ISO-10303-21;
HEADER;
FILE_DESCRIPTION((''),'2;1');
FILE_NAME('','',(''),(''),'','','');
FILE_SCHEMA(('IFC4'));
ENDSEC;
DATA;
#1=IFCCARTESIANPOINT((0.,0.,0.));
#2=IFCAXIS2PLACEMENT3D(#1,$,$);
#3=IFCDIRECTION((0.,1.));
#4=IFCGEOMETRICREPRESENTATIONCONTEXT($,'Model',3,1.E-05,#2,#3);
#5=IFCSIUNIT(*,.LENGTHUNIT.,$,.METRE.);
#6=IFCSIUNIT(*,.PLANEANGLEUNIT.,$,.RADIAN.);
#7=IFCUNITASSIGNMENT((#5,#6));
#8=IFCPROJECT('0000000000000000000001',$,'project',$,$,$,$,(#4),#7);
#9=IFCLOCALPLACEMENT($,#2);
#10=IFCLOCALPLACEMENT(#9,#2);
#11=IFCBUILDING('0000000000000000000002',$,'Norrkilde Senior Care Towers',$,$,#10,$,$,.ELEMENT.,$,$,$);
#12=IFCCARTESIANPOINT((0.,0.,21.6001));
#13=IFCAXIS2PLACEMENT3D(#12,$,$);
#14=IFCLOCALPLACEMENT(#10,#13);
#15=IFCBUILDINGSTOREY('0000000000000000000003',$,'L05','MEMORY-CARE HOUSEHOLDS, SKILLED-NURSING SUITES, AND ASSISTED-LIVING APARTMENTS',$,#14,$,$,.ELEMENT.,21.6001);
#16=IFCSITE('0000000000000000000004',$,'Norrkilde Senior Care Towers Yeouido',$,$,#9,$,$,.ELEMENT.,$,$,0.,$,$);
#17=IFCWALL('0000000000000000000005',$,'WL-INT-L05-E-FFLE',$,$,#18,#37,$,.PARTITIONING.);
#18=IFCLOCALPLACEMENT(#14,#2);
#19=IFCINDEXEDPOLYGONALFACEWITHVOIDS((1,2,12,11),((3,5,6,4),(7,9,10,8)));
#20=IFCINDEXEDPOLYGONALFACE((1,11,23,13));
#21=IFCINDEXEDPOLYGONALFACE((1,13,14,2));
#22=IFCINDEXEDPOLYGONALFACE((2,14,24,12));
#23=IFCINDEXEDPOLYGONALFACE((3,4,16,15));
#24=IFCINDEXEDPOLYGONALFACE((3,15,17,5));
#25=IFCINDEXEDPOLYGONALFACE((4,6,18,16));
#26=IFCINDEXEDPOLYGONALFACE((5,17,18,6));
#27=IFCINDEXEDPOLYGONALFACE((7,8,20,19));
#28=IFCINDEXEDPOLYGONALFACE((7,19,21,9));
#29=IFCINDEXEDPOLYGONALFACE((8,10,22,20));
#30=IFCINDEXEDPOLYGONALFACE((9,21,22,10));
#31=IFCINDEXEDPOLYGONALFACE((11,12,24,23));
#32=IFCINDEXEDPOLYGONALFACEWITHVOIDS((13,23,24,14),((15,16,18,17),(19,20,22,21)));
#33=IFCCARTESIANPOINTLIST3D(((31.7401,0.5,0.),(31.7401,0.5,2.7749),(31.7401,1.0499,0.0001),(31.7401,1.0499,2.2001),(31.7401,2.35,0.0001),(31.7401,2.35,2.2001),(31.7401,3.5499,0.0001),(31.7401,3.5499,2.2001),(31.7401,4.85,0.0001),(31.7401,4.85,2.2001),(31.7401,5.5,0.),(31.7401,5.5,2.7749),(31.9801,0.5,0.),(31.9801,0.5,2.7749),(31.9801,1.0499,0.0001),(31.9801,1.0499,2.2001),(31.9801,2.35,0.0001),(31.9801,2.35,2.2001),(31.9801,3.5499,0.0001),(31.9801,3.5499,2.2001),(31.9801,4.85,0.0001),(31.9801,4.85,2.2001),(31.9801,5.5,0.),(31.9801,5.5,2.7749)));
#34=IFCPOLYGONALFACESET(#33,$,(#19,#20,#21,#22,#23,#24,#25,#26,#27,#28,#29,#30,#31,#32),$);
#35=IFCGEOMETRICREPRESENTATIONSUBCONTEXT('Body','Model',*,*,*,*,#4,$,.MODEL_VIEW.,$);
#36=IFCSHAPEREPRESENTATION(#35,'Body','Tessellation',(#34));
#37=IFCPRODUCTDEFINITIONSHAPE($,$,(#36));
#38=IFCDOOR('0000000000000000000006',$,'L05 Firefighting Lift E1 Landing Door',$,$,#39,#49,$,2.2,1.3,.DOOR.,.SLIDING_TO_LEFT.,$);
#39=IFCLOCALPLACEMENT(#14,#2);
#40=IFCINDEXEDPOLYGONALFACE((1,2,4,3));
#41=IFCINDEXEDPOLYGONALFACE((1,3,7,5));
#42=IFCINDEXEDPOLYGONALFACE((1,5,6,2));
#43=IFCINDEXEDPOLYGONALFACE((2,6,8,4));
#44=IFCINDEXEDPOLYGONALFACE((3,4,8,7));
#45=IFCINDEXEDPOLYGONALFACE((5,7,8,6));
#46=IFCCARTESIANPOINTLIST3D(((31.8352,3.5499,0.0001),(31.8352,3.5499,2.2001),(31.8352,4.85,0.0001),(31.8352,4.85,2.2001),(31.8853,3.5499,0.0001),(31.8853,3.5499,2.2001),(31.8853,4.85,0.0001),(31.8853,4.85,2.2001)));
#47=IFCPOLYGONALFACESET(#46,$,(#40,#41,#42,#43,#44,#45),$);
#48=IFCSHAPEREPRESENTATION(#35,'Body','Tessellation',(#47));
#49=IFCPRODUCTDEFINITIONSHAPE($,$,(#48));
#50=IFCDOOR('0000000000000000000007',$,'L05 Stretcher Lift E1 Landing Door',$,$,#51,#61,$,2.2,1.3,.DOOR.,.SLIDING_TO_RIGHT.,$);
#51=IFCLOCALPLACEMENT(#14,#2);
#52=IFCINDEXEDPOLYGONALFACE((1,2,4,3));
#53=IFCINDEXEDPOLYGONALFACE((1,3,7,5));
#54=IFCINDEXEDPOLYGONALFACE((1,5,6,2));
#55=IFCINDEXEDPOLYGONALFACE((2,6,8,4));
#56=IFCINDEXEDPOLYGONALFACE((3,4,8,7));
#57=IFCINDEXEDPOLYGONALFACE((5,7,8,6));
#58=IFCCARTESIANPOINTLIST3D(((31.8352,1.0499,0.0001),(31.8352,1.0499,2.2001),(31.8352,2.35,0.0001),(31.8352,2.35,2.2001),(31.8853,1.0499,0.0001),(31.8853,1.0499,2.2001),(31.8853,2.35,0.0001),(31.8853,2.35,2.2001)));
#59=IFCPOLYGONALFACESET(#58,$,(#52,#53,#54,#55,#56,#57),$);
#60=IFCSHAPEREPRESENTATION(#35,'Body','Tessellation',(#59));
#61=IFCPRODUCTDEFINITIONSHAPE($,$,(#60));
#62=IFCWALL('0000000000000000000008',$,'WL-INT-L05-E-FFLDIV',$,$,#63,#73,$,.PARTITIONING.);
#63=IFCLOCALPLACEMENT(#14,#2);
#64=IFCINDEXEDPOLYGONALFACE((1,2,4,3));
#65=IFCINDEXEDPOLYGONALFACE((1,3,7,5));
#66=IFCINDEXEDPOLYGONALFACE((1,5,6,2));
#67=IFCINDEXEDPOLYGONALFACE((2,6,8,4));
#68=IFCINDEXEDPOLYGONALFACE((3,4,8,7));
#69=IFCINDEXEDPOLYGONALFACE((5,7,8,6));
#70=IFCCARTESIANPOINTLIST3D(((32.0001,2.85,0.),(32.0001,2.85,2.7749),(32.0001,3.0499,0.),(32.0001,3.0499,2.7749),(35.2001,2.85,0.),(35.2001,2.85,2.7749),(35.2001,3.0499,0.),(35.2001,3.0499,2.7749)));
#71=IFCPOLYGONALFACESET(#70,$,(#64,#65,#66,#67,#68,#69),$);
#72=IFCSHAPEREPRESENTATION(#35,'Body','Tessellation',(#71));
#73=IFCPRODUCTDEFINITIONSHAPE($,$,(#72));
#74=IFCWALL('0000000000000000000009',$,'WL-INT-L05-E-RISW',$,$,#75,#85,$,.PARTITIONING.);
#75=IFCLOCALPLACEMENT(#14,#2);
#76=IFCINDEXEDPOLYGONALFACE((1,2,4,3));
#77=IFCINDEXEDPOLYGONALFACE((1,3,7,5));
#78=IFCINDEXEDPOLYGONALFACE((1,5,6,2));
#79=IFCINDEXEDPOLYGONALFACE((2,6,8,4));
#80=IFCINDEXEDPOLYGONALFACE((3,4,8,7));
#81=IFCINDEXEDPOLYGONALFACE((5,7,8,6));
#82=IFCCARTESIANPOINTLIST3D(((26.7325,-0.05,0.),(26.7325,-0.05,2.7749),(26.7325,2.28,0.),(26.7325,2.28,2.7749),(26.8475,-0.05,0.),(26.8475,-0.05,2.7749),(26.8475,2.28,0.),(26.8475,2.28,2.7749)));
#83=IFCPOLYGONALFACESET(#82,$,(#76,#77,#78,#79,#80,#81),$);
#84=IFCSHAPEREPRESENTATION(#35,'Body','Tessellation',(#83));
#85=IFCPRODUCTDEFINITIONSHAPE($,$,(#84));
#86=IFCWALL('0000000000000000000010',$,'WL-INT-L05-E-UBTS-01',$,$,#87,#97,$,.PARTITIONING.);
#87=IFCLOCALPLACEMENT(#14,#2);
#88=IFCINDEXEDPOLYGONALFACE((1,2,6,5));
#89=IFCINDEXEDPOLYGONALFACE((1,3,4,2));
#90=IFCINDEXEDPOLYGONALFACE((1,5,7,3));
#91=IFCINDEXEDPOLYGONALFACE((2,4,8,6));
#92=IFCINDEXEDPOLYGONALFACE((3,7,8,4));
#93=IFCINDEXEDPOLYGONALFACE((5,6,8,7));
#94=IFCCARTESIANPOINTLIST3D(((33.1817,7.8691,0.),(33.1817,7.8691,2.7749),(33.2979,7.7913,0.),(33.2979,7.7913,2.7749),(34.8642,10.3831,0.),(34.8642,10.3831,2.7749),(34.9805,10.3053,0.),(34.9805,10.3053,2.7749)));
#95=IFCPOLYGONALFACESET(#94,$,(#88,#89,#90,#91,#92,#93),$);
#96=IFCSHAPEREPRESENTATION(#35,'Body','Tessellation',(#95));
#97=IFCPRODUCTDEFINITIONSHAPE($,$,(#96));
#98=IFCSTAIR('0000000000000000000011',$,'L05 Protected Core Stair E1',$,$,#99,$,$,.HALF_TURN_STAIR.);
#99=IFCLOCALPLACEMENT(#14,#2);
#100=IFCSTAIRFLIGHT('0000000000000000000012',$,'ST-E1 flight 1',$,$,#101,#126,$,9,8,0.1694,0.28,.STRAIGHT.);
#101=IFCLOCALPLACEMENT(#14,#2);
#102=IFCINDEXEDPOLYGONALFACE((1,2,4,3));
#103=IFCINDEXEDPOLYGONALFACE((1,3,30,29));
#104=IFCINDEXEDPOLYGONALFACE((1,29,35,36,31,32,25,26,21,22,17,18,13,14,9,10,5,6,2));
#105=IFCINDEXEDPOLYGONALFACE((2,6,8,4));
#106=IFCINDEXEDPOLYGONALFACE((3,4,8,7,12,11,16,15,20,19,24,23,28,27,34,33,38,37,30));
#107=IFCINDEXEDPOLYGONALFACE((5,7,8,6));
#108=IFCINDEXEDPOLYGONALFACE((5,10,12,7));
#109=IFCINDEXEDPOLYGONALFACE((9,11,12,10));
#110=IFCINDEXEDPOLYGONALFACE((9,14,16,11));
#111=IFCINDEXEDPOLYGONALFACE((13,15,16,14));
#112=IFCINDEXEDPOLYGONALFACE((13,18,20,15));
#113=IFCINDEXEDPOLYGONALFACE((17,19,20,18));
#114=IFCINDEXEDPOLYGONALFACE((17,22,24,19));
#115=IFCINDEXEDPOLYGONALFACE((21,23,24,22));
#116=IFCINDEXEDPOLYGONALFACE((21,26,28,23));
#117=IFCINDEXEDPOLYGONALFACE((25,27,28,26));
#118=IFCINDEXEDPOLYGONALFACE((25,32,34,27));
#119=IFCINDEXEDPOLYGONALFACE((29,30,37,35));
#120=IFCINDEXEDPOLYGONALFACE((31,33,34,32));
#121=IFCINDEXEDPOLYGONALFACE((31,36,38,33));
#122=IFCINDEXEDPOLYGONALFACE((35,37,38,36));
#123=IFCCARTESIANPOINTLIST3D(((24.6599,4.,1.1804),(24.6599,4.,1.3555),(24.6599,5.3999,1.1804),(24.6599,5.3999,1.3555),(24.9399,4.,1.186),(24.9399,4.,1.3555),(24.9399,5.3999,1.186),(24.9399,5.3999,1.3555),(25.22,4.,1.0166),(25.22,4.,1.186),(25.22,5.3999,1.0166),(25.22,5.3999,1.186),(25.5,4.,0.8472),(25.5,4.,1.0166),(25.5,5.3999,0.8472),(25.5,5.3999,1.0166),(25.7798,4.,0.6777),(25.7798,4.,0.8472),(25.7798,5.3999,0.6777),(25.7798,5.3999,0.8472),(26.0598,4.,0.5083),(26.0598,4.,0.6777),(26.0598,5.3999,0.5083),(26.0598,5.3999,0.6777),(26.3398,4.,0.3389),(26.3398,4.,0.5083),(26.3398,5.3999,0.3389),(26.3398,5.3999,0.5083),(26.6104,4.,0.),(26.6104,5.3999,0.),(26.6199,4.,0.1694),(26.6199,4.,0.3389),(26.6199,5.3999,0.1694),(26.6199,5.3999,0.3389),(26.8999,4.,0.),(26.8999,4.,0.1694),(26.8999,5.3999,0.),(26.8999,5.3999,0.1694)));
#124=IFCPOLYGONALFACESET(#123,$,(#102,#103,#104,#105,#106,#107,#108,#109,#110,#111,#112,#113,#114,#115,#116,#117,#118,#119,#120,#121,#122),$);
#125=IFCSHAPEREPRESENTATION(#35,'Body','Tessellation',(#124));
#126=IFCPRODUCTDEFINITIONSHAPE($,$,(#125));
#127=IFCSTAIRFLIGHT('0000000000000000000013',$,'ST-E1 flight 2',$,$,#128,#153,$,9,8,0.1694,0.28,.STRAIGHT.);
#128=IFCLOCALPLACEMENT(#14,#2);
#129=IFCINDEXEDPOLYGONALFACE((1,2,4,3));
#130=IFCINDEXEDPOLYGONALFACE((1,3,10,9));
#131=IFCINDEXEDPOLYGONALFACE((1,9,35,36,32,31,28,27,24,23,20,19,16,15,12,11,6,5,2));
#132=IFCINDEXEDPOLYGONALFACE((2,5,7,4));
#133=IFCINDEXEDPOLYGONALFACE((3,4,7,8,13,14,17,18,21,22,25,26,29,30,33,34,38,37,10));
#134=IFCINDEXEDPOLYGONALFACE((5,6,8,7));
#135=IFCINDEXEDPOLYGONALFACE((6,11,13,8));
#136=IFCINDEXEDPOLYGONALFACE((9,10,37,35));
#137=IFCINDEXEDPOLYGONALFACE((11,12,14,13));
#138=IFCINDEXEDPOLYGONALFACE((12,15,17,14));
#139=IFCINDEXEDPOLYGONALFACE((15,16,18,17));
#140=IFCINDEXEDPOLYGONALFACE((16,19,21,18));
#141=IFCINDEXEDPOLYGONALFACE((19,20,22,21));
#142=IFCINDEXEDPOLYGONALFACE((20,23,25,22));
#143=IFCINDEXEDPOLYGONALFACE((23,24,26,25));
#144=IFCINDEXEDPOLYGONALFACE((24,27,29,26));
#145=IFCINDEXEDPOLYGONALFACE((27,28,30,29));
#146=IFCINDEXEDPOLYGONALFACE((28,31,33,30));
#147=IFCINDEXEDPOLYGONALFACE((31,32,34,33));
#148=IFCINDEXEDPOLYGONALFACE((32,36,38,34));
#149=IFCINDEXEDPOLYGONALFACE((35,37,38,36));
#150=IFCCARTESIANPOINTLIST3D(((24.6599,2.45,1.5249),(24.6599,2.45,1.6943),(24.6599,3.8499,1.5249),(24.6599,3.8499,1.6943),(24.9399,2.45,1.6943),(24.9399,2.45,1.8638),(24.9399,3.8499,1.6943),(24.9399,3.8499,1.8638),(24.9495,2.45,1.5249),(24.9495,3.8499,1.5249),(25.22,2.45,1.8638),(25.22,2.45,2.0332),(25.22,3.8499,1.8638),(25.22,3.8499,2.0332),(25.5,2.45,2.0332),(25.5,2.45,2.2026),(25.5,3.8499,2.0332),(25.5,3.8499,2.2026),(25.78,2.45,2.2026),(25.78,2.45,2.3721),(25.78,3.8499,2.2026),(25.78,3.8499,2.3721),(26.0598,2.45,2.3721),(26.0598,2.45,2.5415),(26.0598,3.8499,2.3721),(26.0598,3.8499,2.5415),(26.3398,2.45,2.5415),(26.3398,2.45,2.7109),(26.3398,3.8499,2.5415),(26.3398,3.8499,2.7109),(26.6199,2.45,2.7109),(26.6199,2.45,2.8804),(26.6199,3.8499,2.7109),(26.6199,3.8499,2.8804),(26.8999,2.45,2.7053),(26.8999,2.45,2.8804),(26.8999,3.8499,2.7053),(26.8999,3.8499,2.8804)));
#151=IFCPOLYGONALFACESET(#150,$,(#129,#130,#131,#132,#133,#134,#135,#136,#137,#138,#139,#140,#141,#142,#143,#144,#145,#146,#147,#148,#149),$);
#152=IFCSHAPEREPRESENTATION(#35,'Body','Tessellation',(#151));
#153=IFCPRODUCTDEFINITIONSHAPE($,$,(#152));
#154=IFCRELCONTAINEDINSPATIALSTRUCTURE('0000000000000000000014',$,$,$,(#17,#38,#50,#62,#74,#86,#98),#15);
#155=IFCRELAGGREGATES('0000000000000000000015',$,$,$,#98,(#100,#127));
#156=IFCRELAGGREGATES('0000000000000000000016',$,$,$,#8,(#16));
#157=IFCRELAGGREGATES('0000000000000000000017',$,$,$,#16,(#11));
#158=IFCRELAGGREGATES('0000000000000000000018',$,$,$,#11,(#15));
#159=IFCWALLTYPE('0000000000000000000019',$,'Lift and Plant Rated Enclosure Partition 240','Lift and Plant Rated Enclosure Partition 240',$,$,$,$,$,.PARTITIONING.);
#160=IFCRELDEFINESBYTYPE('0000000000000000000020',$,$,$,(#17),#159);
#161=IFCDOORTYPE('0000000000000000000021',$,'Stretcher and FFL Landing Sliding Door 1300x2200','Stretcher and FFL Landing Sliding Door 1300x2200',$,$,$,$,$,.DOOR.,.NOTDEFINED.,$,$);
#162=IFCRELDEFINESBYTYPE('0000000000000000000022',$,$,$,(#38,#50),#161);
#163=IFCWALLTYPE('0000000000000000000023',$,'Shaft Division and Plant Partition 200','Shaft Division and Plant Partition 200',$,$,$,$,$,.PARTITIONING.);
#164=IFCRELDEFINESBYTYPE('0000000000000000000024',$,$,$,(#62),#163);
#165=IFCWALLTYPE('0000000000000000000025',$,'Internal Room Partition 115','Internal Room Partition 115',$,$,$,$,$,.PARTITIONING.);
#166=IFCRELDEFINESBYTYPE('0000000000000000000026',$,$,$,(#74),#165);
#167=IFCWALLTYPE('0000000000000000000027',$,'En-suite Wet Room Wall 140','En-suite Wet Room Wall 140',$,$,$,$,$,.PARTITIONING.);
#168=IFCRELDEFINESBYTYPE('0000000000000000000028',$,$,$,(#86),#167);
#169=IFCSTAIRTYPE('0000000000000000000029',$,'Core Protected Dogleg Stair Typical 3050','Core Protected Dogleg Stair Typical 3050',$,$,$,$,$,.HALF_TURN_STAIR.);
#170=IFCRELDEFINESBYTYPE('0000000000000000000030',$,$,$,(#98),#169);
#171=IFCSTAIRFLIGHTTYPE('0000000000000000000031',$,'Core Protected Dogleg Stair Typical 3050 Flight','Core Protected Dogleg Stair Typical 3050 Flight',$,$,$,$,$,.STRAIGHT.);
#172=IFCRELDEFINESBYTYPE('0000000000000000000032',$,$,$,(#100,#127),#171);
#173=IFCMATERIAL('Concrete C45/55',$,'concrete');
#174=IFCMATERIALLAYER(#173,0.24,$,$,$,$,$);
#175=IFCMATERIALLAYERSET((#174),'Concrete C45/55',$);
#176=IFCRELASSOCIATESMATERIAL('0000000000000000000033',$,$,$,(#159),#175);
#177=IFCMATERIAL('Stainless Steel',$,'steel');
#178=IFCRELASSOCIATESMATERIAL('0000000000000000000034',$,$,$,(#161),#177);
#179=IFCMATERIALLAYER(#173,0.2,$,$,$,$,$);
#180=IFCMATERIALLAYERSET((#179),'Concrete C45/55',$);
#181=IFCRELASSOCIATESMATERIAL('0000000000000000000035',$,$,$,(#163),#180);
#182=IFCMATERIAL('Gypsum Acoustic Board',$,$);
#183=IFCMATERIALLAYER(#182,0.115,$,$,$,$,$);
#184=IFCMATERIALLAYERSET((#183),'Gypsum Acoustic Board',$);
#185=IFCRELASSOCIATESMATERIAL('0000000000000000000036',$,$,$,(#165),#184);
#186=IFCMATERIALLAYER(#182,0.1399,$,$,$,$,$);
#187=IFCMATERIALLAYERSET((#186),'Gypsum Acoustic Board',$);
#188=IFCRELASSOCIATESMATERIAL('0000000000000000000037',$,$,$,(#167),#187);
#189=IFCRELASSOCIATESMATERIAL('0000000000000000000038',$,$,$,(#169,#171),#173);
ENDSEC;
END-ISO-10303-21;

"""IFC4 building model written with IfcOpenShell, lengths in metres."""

from ifc_helpers import new_model, si_unit, direction, frame, frame_2d, origin, place, context, subcontext, project, spatial, polyline, rectangle, outline, extrude, source, transform, mapped, material, layer, layer_set, type_object, type_shapes, element, fill, aggregate, save


model = new_model("IFC4")

# Units and contexts
model_context = context("Model", 3, precision=1e-05, world=origin(), true_north=direction((0.0, 1.0)))
body_context = subcontext(model_context, "Body", "Model", "MODEL_VIEW")
ifc_project = project(units=[si_unit("LENGTHUNIT", "METRE"), si_unit("PLANEANGLEUNIT", "RADIAN")], contexts=[model_context])

# Site, building, storey
site_placement = place(None, origin())
site = spatial("IfcSite", under=ifc_project, at=site_placement, Name="Norrkilde Senior Care Towers Yeouido", CompositionType="ELEMENT", RefElevation=0.0)
building_placement = place(site_placement, origin())
building = spatial("IfcBuilding", under=site, at=building_placement, Name="Norrkilde Senior Care Towers", CompositionType="ELEMENT")
storey_placement = place(building_placement, frame((0.0, 0.0, 21.6001)))
storey = spatial("IfcBuildingStorey", under=building, at=storey_placement, Name="L05", Description="MEMORY-CARE HOUSEHOLDS, SKILLED-NURSING SUITES, AND ASSISTED-LIVING APARTMENTS", CompositionType="ELEMENT", Elevation=21.6001)

# Shared definitions
ifc_material_1 = material(Name="Concrete C45/55", Category="concrete")

# Wall, openings, doors
ifc_layer_1 = layer(ifc_material_1, 0.24)
ifc_layer_set_1 = layer_set([ifc_layer_1], Name="Concrete C45/55")
wall_type_1 = type_object("IfcWallType", Name="Lift and Plant Rated Enclosure Partition 240", Description="Lift and Plant Rated Enclosure Partition 240", PredefinedType="PARTITIONING", material=ifc_layer_set_1)
shared_shape_1 = source(origin(), body_context, "Body", "SweptSolid", [
    extrude(rectangle(XDim=5.0, YDim=0.24, at=frame_2d((2.5, 0.0))), origin(), (0.0, 0.0, 1.0), 2.7749),
])
type_shapes(wall_type_1, [shared_shape_1])
wall_1_placement = place(storey_placement, frame((31.8601, 0.5, 0.0), z_axis=(0.0, 0.0, 1.0), x_axis=(0.0, 1.0, 0.0)))
wall_1 = element("IfcWall", 1, at=wall_1_placement, inside=storey, type_object=wall_type_1, Name="WL-INT-L05-E-FFLE", PredefinedType="PARTITIONING", context=body_context, shape_type="MappedRepresentation", body=[
    mapped(shared_shape_1, transform((0.0, 0.0, 0.0), x_axis=(1.0, 0.0, 0.0), y_axis=(0.0, 1.0, 0.0), z_axis=(0.0, 0.0, 1.0), scale=1.0)),
])
opening_1_placement = place(wall_1_placement, frame((3.05, 0.0, 0.0)))
opening_1 = element("IfcOpeningElement", 2, at=opening_1_placement, cuts=wall_1, PredefinedType="OPENING", context=body_context, shape_type="SweptSolid", body=[
    extrude(rectangle(XDim=1.3, YDim=2.2, at=frame_2d((0.6499, 1.1001))), frame((0.0, 0.1299, 0.0), z_axis=(0.0, -1.0, 0.0), x_axis=(1.0, 0.0, 0.0)), (0.0, 0.0, 1.0), 0.26),
])
opening_2_placement = place(wall_1_placement, frame((0.55, 0.0, 0.0)))
opening_2 = element("IfcOpeningElement", 3, at=opening_2_placement, cuts=wall_1, PredefinedType="OPENING", context=body_context, shape_type="SweptSolid", body=[
    extrude(rectangle(XDim=1.3, YDim=2.2, at=frame_2d((0.6499, 1.1001))), frame((0.0, 0.1299, 0.0), z_axis=(0.0, -1.0, 0.0), x_axis=(1.0, 0.0, 0.0)), (0.0, 0.0, 1.0), 0.26),
])
ifc_material_2 = material(Name="Stainless Steel", Category="steel")
door_type_1 = type_object("IfcDoorType", Name="Stretcher and FFL Landing Sliding Door 1300x2200", Description="Stretcher and FFL Landing Sliding Door 1300x2200", OperationType="NOTDEFINED", PredefinedType="DOOR", material=ifc_material_2)
shared_shape_2 = source(origin(), body_context, "Body", "SweptSolid", [
    extrude(rectangle(XDim=1.3, YDim=2.2, at=frame_2d((0.6499, 1.1001))), frame((0.0, 0.0249, 0.0), z_axis=(0.0, -1.0, 0.0), x_axis=(1.0, 0.0, 0.0)), (0.0, 0.0, 1.0), 0.05),
])
type_shapes(door_type_1, [shared_shape_2])
door_1_placement = place(opening_1_placement, origin())
door_1 = element("IfcDoor", 4, at=door_1_placement, inside=storey, type_object=door_type_1, Name="L05 Firefighting Lift E1 Landing Door", OperationType="SLIDING_TO_LEFT", OverallHeight=2.2, OverallWidth=1.3, PredefinedType="DOOR", context=body_context, shape_type="MappedRepresentation", body=[
    mapped(shared_shape_2, transform((0.0, 0.0, 0.0), x_axis=(1.0, 0.0, 0.0), y_axis=(0.0, 1.0, 0.0), z_axis=(0.0, 0.0, 1.0), scale=1.0)),
])
fill(opening_1, door_1)
door_2_placement = place(opening_2_placement, origin())
door_2 = element("IfcDoor", 5, at=door_2_placement, inside=storey, type_object=door_type_1, Name="L05 Stretcher Lift E1 Landing Door", OperationType="SLIDING_TO_RIGHT", OverallHeight=2.2, OverallWidth=1.3, PredefinedType="DOOR", context=body_context, shape_type="MappedRepresentation", body=[
    mapped(shared_shape_2, transform((0.0, 0.0, 0.0), x_axis=(1.0, 0.0, 0.0), y_axis=(0.0, 1.0, 0.0), z_axis=(0.0, 0.0, 1.0), scale=1.0)),
])
fill(opening_2, door_2)

# Wall
ifc_layer_2 = layer(ifc_material_1, 0.2)
ifc_layer_set_2 = layer_set([ifc_layer_2], Name="Concrete C45/55")
wall_type_2 = type_object("IfcWallType", Name="Shaft Division and Plant Partition 200", Description="Shaft Division and Plant Partition 200", PredefinedType="PARTITIONING", material=ifc_layer_set_2)
shared_shape_3 = source(origin(), body_context, "Body", "SweptSolid", [
    extrude(rectangle(XDim=3.2, YDim=0.2, at=frame_2d((1.6001, 0.0))), origin(), (0.0, 0.0, 1.0), 2.7749),
])
type_shapes(wall_type_2, [shared_shape_3])
wall_2_placement = place(storey_placement, frame((32.0, 2.95, 0.0), z_axis=(0.0, 0.0, 1.0), x_axis=(1.0, 0.0, 0.0)))
element("IfcWall", 6, at=wall_2_placement, inside=storey, type_object=wall_type_2, Name="WL-INT-L05-E-FFLDIV", PredefinedType="PARTITIONING", context=body_context, shape_type="MappedRepresentation", body=[
    mapped(shared_shape_3, transform((0.0, 0.0, 0.0), x_axis=(1.0, 0.0, 0.0), y_axis=(0.0, 1.0, 0.0), z_axis=(0.0, 0.0, 1.0), scale=1.0)),
])

# Walls
ifc_material_3 = material(Name="Gypsum Acoustic Board")
ifc_layer_3 = layer(ifc_material_3, 0.115)
ifc_layer_set_3 = layer_set([ifc_layer_3], Name="Gypsum Acoustic Board")
wall_type_3 = type_object("IfcWallType", Name="Internal Room Partition 115", Description="Internal Room Partition 115", PredefinedType="PARTITIONING", material=ifc_layer_set_3)
shared_shape_4 = source(origin(), body_context, "Body", "SweptSolid", [
    extrude(rectangle(XDim=2.3301, YDim=0.115, at=frame_2d((1.165, 0.0))), origin(), (0.0, 0.0, 1.0), 2.7749),
])
type_shapes(wall_type_3, [shared_shape_4])
wall_3_placement = place(storey_placement, frame((26.79, -0.05, 0.0), z_axis=(0.0, 0.0, 1.0), x_axis=(0.0, 1.0, 0.0)))
element("IfcWall", 7, at=wall_3_placement, inside=storey, type_object=wall_type_3, Name="WL-INT-L05-E-RISW", PredefinedType="PARTITIONING", context=body_context, shape_type="MappedRepresentation", body=[
    mapped(shared_shape_4, transform((0.0, 0.0, 0.0), x_axis=(1.0, 0.0, 0.0), y_axis=(0.0, 1.0, 0.0), z_axis=(0.0, 0.0, 1.0), scale=1.0)),
])
ifc_layer_4 = layer(ifc_material_3, 0.1399)
ifc_layer_set_4 = layer_set([ifc_layer_4], Name="Gypsum Acoustic Board")
wall_type_4 = type_object("IfcWallType", Name="En-suite Wet Room Wall 140", Description="En-suite Wet Room Wall 140", PredefinedType="PARTITIONING", material=ifc_layer_set_4)
shared_shape_5 = source(origin(), body_context, "Body", "SweptSolid", [
    extrude(rectangle(XDim=3.0251, YDim=0.1399, at=frame_2d((1.5127, 0.0))), origin(), (0.0, 0.0, 1.0), 2.7749),
])
type_shapes(wall_type_4, [shared_shape_5])
wall_4_placement = place(storey_placement, frame((33.2397, 7.8301, 0.0), z_axis=(0.0, 0.0, 1.0), x_axis=(0.556189, 0.831056, 0.0)))
element("IfcWall", 8, at=wall_4_placement, inside=storey, type_object=wall_type_4, Name="WL-INT-L05-E-UBTS-01", PredefinedType="PARTITIONING", context=body_context, shape_type="MappedRepresentation", body=[
    mapped(shared_shape_5, transform((0.0, 0.0, 0.0), x_axis=(1.0, 0.0, 0.0), y_axis=(0.0, 1.0, 0.0), z_axis=(0.0, 0.0, 1.0), scale=1.0)),
])

# Stair, stair flights
stair_type = type_object("IfcStairType", Name="Core Protected Dogleg Stair Typical 3050", Description="Core Protected Dogleg Stair Typical 3050", PredefinedType="HALF_TURN_STAIR", material=ifc_material_1)
stair_placement = place(storey_placement, origin())
stair = element("IfcStair", 9, at=stair_placement, inside=storey, type_object=stair_type, Name="L05 Protected Core Stair E1", PredefinedType="HALF_TURN_STAIR")
stair_flight_type = type_object("IfcStairFlightType", Name="Core Protected Dogleg Stair Typical 3050 Flight", Description="Core Protected Dogleg Stair Typical 3050 Flight", PredefinedType="STRAIGHT", material=ifc_material_1)
stair_flight_1_placement = place(storey_placement, frame((26.8999, 4.7, 0.0), z_axis=(0.0, 0.0, 1.0), x_axis=(-1.0, 0.0, 0.0)))
stair_flight_1 = element("IfcStairFlight", 10, at=stair_flight_1_placement, type_object=stair_flight_type, Name="ST-E1 flight 1", NumberOfRisers=9, NumberOfTreads=8, PredefinedType="STRAIGHT", RiserHeight=0.1694, TreadLength=0.28, context=body_context, shape_type="SweptSolid", body=[
    extrude(outline(polyline([(0.0, 0.0), (0.0, 0.1694), (0.28, 0.1694), (0.28, 0.3389), (0.5601, 0.3389), (0.5601, 0.5083), (0.8401, 0.5083), (0.8401, 0.6777), (1.1201, 0.6777), (1.1201, 0.8472), (1.3999, 0.8472), (1.3999, 1.0166), (1.6799, 1.0166), (1.6799, 1.186), (1.96, 1.186), (1.96, 1.3555), (2.24, 1.3555), (2.24, 1.5249), (2.24, 1.1804), (0.2896, 0.0), (0.0, 0.0)])), frame((0.0, 0.7, 0.0), z_axis=(0.0, -1.0, 0.0), x_axis=(1.0, 0.0, 0.0)), (0.0, 0.0, 1.0), 1.3999),
])
stair_flight_2_placement = place(storey_placement, frame((24.6599, 3.1499, 1.5249), z_axis=(0.0, 0.0, 1.0), x_axis=(1.0, 0.0, 0.0)))
stair_flight_2 = element("IfcStairFlight", 11, at=stair_flight_2_placement, type_object=stair_flight_type, Name="ST-E1 flight 2", NumberOfRisers=9, NumberOfTreads=8, PredefinedType="STRAIGHT", RiserHeight=0.1694, TreadLength=0.28, context=body_context, shape_type="SweptSolid", body=[
    extrude(outline(polyline([(0.0, 0.0), (0.0, 0.1694), (0.28, 0.1694), (0.28, 0.3389), (0.5601, 0.3389), (0.5601, 0.5083), (0.8401, 0.5083), (0.8401, 0.6777), (1.1201, 0.6777), (1.1201, 0.8472), (1.3999, 0.8472), (1.3999, 1.0166), (1.6799, 1.0166), (1.6799, 1.186), (1.96, 1.186), (1.96, 1.3555), (2.24, 1.3555), (2.24, 1.5249), (2.24, 1.1804), (0.2896, 0.0), (0.0, 0.0)])), frame((0.0, 0.7, 0.0), z_axis=(0.0, -1.0, 0.0), x_axis=(1.0, 0.0, 0.0)), (0.0, 0.0, 1.0), 1.3999),
])
aggregate(stair, [stair_flight_1, stair_flight_2])

save(model, "model.ifc")
